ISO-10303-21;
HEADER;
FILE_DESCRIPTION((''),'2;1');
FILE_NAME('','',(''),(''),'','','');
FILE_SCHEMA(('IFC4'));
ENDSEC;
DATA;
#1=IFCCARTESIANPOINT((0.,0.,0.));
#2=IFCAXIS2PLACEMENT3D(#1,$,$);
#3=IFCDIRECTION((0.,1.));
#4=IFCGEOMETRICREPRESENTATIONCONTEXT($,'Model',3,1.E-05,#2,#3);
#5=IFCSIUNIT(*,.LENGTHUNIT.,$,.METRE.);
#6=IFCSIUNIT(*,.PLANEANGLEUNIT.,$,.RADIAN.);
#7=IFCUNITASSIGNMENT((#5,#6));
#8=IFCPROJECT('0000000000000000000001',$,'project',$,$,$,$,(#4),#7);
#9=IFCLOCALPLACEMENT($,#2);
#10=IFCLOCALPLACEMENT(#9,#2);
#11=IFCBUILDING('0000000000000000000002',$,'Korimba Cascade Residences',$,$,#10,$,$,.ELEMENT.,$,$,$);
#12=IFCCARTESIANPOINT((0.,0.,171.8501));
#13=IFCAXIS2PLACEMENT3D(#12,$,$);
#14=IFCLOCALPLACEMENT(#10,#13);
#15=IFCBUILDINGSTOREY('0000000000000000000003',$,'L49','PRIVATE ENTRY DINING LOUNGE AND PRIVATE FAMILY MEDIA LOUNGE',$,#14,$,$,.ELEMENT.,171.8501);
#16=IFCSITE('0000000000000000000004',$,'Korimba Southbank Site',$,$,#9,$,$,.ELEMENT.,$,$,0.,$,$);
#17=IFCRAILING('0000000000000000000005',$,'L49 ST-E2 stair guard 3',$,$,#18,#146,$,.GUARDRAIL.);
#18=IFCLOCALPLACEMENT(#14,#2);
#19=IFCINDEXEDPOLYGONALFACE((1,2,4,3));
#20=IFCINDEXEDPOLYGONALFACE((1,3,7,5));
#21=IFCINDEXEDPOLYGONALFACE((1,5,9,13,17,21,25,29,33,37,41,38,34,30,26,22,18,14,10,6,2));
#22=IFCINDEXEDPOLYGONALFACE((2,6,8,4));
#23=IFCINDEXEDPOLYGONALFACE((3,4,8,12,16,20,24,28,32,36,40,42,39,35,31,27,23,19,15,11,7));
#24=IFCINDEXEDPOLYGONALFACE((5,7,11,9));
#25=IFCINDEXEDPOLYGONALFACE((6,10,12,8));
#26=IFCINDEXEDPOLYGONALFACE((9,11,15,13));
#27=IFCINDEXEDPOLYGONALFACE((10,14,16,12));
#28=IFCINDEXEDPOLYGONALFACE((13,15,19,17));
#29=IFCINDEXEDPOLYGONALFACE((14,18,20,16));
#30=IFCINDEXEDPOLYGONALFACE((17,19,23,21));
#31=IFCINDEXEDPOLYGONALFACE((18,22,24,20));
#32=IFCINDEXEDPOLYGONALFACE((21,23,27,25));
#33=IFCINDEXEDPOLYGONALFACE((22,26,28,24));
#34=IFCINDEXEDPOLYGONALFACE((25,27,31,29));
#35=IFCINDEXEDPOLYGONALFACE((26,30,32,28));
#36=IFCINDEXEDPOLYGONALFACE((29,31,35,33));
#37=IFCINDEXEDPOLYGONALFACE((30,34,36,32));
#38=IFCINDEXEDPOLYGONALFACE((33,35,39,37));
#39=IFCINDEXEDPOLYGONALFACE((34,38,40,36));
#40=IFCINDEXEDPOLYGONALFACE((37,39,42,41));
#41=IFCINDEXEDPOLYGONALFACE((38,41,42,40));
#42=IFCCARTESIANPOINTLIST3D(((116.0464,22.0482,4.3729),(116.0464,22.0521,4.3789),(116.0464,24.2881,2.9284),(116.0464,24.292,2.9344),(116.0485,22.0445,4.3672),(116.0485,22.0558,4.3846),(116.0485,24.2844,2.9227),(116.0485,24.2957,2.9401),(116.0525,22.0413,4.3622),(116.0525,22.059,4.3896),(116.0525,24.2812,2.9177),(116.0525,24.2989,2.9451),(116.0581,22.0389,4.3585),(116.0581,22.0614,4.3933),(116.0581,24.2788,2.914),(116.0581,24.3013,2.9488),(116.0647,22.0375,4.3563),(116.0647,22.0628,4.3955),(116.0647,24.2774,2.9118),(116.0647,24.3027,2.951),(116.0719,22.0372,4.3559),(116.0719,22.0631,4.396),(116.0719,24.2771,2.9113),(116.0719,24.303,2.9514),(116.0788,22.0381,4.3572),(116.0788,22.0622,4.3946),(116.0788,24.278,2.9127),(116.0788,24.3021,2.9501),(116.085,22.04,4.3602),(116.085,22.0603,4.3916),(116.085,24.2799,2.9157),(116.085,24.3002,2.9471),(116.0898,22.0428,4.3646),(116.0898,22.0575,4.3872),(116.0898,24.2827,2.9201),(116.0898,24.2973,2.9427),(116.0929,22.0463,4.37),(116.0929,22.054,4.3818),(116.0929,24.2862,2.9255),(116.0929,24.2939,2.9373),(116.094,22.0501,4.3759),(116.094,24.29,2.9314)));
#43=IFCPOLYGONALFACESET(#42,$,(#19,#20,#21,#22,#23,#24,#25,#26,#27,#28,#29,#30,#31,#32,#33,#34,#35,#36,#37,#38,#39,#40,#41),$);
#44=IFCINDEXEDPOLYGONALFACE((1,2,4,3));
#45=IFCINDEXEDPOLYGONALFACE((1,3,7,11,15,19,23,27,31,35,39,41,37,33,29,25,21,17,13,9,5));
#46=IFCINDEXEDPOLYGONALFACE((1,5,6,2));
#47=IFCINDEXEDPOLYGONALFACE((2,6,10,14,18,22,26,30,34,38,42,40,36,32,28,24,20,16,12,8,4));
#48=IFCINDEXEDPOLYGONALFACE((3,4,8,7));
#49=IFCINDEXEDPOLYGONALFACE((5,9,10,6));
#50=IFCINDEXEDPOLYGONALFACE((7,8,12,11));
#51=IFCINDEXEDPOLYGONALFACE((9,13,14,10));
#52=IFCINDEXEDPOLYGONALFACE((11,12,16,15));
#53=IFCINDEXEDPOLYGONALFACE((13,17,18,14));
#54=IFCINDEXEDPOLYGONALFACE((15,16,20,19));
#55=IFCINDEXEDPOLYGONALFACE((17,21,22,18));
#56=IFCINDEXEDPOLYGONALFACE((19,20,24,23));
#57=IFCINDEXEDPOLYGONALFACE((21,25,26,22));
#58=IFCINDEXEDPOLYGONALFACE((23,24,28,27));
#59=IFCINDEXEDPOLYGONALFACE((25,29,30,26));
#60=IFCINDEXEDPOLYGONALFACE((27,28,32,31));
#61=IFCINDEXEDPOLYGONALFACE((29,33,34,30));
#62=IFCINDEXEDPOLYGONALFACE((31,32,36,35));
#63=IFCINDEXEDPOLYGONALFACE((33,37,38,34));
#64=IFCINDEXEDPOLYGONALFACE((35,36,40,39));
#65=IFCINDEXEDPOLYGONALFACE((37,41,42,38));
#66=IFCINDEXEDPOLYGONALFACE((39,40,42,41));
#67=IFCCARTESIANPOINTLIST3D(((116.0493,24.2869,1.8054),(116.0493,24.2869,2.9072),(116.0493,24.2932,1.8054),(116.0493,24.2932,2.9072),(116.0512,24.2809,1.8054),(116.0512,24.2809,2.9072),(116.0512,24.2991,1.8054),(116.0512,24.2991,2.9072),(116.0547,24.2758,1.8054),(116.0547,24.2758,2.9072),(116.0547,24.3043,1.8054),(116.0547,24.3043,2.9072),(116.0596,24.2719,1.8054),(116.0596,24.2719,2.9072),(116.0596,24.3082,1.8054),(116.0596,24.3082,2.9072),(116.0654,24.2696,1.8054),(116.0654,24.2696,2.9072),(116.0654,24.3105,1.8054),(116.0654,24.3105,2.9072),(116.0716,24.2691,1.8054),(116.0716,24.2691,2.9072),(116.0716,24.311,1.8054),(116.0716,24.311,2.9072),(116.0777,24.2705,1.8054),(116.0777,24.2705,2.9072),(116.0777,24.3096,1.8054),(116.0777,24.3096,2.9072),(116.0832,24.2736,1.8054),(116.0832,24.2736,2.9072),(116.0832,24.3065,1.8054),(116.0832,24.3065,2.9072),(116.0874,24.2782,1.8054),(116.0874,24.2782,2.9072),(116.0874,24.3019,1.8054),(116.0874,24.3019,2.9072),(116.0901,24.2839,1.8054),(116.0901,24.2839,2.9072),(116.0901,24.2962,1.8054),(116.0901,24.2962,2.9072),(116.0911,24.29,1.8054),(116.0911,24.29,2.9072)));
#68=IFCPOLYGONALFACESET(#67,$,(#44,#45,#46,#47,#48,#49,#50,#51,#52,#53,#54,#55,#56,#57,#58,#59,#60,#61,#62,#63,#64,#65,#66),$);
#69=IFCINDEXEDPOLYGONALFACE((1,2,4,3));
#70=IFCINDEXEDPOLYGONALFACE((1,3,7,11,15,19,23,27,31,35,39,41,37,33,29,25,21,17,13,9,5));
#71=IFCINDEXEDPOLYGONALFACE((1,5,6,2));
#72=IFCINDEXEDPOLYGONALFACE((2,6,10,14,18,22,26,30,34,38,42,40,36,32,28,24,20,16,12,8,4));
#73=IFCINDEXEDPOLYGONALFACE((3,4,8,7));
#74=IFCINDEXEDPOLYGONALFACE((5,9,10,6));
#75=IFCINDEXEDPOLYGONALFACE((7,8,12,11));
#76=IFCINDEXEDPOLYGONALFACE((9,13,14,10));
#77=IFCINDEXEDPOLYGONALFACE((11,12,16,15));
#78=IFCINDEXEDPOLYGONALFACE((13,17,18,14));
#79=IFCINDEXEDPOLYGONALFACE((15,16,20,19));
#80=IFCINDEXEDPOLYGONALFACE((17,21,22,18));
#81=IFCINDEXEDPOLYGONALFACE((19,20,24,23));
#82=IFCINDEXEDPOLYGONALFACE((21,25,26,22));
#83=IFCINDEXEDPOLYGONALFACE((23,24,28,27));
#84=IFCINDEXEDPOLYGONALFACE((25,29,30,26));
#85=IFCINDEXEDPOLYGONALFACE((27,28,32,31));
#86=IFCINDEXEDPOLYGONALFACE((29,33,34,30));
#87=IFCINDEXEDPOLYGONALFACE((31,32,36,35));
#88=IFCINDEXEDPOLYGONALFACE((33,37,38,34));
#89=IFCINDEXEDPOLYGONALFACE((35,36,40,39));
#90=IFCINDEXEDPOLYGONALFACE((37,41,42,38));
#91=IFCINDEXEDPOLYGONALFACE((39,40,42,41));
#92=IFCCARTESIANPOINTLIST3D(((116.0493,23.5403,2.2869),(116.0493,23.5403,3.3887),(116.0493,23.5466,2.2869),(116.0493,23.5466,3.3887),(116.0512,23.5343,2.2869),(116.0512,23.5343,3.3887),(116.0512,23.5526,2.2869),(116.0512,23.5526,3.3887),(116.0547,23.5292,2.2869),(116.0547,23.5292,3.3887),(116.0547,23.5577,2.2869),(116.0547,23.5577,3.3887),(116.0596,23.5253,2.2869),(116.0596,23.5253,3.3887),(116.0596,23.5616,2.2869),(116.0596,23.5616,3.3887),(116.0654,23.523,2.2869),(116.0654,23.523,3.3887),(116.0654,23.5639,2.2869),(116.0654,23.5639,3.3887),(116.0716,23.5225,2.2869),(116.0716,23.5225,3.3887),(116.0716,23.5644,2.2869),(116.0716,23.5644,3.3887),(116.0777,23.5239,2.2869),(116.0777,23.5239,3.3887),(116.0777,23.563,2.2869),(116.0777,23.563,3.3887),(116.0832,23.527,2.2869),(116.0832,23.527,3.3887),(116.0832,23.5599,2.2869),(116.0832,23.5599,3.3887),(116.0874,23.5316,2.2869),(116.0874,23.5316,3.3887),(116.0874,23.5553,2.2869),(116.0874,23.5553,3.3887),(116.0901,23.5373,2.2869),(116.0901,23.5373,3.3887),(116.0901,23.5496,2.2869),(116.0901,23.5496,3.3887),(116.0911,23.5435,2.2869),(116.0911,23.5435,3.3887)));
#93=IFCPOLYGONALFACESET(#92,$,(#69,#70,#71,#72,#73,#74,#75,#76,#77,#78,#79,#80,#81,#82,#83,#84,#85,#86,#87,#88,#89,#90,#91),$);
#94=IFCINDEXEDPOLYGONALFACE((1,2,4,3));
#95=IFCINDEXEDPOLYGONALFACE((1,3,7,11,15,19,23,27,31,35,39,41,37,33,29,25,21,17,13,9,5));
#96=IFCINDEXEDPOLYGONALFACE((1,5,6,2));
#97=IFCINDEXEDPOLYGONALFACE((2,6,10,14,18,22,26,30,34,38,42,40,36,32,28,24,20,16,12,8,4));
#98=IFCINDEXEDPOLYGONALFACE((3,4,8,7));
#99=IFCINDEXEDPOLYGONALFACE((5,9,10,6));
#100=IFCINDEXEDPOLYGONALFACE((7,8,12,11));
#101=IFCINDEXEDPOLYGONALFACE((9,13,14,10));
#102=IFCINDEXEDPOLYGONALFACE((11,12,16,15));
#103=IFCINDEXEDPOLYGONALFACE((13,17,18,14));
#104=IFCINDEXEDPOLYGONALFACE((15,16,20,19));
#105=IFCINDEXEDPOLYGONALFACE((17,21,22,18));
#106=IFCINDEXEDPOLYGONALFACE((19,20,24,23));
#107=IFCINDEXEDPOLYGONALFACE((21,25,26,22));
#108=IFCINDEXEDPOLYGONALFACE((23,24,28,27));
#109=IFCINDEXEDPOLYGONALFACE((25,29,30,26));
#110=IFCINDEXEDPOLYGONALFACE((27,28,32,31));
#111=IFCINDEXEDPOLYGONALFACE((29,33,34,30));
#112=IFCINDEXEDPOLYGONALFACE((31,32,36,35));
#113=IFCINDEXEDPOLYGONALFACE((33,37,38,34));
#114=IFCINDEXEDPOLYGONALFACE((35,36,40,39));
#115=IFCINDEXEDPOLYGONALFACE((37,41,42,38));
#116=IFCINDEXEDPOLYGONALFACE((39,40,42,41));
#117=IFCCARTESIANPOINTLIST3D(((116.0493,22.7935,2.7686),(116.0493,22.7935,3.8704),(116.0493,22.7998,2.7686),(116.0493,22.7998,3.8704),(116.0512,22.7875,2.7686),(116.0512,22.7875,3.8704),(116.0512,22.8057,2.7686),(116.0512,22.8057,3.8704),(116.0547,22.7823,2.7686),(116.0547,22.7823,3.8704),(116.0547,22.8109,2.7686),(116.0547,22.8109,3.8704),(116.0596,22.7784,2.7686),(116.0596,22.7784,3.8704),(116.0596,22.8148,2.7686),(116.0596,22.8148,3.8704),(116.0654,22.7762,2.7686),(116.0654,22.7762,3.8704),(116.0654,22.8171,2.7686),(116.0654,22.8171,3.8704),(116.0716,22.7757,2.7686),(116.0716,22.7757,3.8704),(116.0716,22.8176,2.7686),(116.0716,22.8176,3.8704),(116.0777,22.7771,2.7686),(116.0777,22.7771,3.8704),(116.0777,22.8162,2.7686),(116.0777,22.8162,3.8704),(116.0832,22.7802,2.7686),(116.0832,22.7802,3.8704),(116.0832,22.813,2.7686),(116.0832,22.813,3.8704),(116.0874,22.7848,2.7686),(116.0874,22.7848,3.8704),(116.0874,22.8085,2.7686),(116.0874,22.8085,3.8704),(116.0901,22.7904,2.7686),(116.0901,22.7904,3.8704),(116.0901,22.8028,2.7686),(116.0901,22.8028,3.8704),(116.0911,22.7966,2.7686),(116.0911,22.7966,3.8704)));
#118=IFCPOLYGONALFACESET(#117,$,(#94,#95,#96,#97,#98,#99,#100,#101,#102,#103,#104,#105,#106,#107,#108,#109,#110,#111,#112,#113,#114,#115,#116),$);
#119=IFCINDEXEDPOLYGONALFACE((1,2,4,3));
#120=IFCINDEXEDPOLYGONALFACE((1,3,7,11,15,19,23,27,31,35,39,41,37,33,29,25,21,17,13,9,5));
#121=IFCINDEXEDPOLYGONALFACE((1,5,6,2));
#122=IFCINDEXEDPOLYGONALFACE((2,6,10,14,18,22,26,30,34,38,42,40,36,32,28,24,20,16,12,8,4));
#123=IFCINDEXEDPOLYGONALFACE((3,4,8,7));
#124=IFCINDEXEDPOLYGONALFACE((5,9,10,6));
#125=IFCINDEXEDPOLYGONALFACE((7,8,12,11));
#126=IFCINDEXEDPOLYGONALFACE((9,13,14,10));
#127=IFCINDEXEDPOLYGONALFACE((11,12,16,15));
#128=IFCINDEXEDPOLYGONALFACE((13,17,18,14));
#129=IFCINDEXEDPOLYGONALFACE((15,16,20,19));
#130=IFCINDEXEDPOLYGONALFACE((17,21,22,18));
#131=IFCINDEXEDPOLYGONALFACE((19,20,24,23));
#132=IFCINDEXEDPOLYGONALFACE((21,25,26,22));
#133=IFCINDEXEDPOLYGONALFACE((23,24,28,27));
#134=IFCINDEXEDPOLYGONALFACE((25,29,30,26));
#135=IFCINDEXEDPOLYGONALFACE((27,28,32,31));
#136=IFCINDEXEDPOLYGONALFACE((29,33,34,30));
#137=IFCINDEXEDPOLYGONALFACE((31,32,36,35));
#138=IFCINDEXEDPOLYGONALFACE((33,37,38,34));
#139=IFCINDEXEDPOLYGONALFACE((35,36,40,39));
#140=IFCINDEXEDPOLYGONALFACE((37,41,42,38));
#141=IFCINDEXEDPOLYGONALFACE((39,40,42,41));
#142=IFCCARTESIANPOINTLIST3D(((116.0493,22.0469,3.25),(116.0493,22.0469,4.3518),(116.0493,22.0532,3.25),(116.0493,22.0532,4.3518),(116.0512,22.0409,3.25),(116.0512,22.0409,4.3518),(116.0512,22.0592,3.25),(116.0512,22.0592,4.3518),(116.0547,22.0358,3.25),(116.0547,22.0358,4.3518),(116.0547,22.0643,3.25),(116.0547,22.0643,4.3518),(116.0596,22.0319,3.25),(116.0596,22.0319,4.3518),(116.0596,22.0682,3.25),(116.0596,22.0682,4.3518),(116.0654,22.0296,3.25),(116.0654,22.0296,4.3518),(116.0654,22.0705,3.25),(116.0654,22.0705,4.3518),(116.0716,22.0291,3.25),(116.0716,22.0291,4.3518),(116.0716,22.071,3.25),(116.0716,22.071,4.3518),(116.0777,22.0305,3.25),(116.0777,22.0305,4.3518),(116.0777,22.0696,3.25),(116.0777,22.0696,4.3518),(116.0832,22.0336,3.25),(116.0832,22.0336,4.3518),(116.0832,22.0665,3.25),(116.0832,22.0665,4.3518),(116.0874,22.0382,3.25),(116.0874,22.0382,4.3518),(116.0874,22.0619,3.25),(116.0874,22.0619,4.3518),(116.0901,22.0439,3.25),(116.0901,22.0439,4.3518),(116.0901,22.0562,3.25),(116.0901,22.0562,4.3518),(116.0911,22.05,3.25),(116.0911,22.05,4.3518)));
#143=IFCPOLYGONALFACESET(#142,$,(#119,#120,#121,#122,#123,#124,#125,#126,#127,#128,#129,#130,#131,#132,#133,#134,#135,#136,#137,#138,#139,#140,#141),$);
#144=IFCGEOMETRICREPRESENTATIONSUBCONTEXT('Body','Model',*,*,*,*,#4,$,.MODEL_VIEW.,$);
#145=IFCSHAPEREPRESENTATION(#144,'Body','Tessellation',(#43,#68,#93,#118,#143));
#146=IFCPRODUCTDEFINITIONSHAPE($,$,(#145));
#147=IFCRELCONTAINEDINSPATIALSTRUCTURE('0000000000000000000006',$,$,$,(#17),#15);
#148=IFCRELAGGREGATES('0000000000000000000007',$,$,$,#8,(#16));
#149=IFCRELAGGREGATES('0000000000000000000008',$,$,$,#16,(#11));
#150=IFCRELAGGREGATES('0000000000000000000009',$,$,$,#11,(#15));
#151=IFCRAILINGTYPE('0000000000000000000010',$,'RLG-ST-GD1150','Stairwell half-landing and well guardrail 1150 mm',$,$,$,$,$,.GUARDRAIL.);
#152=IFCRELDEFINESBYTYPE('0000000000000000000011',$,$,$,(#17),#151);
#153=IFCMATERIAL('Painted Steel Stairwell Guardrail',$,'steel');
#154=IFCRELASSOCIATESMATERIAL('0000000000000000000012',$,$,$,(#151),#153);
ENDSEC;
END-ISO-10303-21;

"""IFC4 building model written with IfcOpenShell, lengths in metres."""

from ifc_helpers import new_model, si_unit, direction, frame, origin, origin_2d, place, context, subcontext, project, spatial, circle, extrude, material, type_object, element, save


model = new_model("IFC4")

# Units and contexts
model_context = context("Model", 3, precision=1e-05, world=origin(), true_north=direction((0.0, 1.0)))
body_context = subcontext(model_context, "Body", "Model", "MODEL_VIEW")
ifc_project = project(units=[si_unit("LENGTHUNIT", "METRE"), si_unit("PLANEANGLEUNIT", "RADIAN")], contexts=[model_context])

# Site, building, storey
site_placement = place(None, origin())
site = spatial("IfcSite", under=ifc_project, at=site_placement, Name="Korimba Southbank Site", CompositionType="ELEMENT", RefElevation=0.0)
building_placement = place(site_placement, origin())
building = spatial("IfcBuilding", under=site, at=building_placement, Name="Korimba Cascade Residences", CompositionType="ELEMENT")
storey_placement = place(building_placement, frame((0.0, 0.0, 171.8501)))
storey = spatial("IfcBuildingStorey", under=building, at=storey_placement, Name="L49", Description="PRIVATE ENTRY DINING LOUNGE AND PRIVATE FAMILY MEDIA LOUNGE", CompositionType="ELEMENT", Elevation=171.8501)

# Railing
ifc_material_1 = material(Name="Painted Steel Stairwell Guardrail", Category="steel")
railing_type_1 = type_object("IfcRailingType", Name="RLG-ST-GD1150", Description="Stairwell half-landing and well guardrail 1150 mm", PredefinedType="GUARDRAIL", material=ifc_material_1)
railing_1_placement = place(storey_placement, frame((116.0701, 24.29, 1.8054)))
element("IfcRailing", 1, at=railing_1_placement, inside=storey, type_object=railing_type_1, Name="L49 ST-E2 stair guard 3", PredefinedType="GUARDRAIL", context=body_context, shape_type="SweptSolid", body=[
    extrude(circle(Radius=0.0239, at=origin_2d()), frame((0.0, 0.0, 1.126), z_axis=(0.0, -0.840395, 0.541975), x_axis=(1.0, 0.0, 0.0)), (0.0, 0.0, 1.0), 2.6653),
    extrude(circle(Radius=0.021, at=origin_2d()), origin(), (0.0, 0.0, 1.0), 1.1018),
    extrude(circle(Radius=0.021, at=origin_2d()), frame((0.0, -0.7466, 0.4814)), (0.0, 0.0, 1.0), 1.1018),
    extrude(circle(Radius=0.021, at=origin_2d()), frame((0.0, -1.4934, 0.9631)), (0.0, 0.0, 1.0), 1.1018),
    extrude(circle(Radius=0.021, at=origin_2d()), frame((0.0, -2.24, 1.4446)), (0.0, 0.0, 1.0), 1.1018),
])

save(model, "model.ifc")
